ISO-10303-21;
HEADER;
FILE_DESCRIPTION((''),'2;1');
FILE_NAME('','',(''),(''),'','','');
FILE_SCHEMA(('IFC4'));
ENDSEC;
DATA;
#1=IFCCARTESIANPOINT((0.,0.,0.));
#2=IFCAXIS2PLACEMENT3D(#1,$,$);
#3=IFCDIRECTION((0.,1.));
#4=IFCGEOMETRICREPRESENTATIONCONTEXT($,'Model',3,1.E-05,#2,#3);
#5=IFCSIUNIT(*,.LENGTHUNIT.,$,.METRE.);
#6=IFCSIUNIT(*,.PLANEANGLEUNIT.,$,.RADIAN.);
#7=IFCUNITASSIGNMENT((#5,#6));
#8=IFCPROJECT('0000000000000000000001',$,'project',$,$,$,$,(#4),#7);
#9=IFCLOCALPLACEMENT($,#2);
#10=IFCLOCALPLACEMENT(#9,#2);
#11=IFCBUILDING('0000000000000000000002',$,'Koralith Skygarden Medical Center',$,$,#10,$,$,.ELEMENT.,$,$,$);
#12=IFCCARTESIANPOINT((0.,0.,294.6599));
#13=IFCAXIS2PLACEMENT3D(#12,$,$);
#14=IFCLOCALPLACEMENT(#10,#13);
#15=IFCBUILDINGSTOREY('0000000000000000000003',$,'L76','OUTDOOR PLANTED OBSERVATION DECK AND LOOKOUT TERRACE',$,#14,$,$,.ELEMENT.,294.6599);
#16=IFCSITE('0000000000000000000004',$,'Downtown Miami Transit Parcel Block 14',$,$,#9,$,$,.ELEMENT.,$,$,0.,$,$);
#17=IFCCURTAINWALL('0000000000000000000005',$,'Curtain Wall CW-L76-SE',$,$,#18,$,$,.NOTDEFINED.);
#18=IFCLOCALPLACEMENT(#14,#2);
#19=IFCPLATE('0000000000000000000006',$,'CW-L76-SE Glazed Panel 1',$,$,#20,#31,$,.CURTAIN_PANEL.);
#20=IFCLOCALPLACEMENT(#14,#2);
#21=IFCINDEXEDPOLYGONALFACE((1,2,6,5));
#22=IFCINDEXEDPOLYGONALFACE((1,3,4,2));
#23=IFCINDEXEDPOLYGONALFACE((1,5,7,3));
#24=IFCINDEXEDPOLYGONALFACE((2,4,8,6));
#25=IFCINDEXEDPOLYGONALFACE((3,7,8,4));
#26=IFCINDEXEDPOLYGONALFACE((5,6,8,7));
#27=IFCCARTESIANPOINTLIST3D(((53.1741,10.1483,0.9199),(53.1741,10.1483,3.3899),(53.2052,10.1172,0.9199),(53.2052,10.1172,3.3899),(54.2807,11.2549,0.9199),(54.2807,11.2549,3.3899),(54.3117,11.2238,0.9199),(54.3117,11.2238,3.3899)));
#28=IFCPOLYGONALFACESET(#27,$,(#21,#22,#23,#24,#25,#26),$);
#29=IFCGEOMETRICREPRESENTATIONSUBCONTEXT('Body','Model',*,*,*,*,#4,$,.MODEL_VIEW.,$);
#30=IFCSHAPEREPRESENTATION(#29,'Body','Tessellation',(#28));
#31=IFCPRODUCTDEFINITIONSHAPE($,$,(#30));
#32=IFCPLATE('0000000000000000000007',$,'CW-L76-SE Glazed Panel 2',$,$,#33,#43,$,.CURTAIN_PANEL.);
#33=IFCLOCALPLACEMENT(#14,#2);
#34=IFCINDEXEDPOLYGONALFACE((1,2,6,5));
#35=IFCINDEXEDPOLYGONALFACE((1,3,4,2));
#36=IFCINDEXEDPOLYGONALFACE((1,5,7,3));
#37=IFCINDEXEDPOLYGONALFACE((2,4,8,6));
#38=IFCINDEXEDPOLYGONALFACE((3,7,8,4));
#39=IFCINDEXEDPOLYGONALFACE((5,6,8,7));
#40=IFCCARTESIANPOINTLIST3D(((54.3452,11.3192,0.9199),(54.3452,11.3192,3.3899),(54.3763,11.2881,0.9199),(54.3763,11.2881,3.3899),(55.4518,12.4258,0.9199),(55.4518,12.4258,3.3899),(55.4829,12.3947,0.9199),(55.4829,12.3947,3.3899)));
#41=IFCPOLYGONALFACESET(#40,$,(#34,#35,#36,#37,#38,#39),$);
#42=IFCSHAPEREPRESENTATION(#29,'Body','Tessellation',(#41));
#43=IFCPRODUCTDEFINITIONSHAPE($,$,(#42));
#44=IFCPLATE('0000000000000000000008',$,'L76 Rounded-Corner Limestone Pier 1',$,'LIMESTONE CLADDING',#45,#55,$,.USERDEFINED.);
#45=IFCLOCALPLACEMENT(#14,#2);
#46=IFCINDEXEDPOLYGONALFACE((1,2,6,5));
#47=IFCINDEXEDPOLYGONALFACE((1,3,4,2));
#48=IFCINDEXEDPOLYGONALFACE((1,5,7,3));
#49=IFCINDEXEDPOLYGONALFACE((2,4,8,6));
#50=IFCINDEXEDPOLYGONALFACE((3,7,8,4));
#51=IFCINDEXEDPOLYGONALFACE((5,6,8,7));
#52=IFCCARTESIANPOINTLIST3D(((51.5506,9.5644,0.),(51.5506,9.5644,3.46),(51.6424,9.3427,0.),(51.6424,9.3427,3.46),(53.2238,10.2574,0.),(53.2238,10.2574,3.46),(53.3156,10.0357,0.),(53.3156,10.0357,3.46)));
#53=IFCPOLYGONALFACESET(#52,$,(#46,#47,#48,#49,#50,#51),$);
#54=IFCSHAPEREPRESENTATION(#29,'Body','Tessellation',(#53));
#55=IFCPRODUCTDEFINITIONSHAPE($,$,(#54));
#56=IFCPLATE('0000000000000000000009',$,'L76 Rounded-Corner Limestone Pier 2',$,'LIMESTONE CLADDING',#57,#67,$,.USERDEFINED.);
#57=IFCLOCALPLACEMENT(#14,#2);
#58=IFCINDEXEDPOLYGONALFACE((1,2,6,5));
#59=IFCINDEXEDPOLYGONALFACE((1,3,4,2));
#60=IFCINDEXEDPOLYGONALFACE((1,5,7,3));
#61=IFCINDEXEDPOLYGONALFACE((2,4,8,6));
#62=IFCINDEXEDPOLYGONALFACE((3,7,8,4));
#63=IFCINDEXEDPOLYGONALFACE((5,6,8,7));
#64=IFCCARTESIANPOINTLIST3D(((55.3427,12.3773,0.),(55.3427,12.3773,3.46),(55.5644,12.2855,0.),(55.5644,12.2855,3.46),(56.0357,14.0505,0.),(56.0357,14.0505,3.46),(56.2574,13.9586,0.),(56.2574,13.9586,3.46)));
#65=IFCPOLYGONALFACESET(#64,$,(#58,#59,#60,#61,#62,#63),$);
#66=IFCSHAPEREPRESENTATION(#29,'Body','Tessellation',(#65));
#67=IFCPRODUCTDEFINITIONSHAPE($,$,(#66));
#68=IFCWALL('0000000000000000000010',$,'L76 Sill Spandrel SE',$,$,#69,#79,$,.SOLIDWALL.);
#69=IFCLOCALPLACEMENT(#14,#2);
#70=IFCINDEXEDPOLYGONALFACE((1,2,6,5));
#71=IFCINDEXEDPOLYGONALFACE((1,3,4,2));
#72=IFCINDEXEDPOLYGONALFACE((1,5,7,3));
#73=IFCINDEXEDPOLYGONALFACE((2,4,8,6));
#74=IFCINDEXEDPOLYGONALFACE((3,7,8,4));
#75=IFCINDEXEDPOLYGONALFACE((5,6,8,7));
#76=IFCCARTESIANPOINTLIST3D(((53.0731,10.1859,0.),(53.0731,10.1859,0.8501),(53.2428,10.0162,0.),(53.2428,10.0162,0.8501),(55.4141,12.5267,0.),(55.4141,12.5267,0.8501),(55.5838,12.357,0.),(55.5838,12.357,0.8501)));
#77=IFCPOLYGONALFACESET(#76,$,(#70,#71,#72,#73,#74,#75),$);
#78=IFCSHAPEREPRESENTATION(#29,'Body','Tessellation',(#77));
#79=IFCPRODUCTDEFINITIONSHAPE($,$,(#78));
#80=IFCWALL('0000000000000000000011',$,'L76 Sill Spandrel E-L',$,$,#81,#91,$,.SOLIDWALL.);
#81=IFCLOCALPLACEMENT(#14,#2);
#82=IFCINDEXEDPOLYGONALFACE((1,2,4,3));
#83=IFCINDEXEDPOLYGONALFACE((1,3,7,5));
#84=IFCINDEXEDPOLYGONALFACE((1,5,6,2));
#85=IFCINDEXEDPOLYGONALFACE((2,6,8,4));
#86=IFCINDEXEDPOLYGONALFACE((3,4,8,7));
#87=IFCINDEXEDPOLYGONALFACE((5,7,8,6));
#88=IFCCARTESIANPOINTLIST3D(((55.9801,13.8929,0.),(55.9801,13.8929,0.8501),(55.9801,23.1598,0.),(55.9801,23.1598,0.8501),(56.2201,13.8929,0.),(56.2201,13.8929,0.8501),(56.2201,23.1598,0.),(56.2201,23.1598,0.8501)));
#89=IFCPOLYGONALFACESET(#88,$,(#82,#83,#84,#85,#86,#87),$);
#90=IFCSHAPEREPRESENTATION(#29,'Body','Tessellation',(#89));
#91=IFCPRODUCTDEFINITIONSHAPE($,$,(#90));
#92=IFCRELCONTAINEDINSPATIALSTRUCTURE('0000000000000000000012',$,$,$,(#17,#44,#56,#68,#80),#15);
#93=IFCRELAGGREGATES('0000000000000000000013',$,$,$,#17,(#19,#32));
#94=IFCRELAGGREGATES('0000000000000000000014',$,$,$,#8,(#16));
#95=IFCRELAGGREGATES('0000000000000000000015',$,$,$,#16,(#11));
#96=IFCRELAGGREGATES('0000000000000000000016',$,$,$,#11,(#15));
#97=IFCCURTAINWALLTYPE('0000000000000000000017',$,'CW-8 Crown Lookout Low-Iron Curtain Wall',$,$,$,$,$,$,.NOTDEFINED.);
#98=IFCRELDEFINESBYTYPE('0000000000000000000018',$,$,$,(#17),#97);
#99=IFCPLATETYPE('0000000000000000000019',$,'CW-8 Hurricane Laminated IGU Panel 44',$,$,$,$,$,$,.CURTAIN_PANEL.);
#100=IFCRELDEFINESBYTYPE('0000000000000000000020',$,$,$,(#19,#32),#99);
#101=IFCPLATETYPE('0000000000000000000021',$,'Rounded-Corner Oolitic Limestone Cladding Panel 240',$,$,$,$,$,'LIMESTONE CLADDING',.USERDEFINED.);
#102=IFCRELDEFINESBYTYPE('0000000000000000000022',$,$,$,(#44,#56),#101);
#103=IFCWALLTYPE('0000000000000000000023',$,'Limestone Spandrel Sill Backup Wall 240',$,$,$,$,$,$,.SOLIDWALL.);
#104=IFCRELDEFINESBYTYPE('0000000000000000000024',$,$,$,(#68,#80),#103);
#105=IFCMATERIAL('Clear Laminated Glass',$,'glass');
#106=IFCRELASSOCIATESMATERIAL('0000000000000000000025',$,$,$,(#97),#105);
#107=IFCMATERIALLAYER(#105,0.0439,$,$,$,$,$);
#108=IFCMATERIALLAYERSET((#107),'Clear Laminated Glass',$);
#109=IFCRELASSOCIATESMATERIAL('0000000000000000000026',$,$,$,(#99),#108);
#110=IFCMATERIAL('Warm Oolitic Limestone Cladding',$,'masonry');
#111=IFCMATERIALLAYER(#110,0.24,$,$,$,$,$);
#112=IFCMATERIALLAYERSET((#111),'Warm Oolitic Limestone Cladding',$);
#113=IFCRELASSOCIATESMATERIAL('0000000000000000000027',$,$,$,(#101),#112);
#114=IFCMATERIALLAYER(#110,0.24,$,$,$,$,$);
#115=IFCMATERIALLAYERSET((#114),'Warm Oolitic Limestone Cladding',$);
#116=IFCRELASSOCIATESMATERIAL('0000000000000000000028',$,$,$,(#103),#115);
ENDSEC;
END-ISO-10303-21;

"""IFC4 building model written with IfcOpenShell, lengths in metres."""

from ifc_helpers import new_model, si_unit, direction, frame, frame_2d, origin, origin_2d, place, context, subcontext, project, spatial, rectangle, extrude, material, layer, layer_set, type_object, element, aggregate, save


model = new_model("IFC4")

# Units and contexts
model_context = context("Model", 3, precision=1e-05, world=origin(), true_north=direction((0.0, 1.0)))
body_context = subcontext(model_context, "Body", "Model", "MODEL_VIEW")
ifc_project = project(units=[si_unit("LENGTHUNIT", "METRE"), si_unit("PLANEANGLEUNIT", "RADIAN")], contexts=[model_context])

# Site, building, storey
site_placement = place(None, origin())
site = spatial("IfcSite", under=ifc_project, at=site_placement, Name="Downtown Miami Transit Parcel Block 14", CompositionType="ELEMENT", RefElevation=0.0)
building_placement = place(site_placement, origin())
building = spatial("IfcBuilding", under=site, at=building_placement, Name="Koralith Skygarden Medical Center", CompositionType="ELEMENT")
storey_placement = place(building_placement, frame((0.0, 0.0, 294.6599)))
storey = spatial("IfcBuildingStorey", under=building, at=storey_placement, Name="L76", Description="OUTDOOR PLANTED OBSERVATION DECK AND LOOKOUT TERRACE", CompositionType="ELEMENT", Elevation=294.6599)

# Shared definitions
ifc_material_1 = material(Name="Clear Laminated Glass", Category="glass")
curtain_wall_type = type_object("IfcCurtainWallType", Name="CW-8 Crown Lookout Low-Iron Curtain Wall", PredefinedType="NOTDEFINED", material=ifc_material_1)

# Curtain wall
curtain_wall_1_placement = place(storey_placement, origin())
curtain_wall_1 = element("IfcCurtainWall", 1, at=curtain_wall_1_placement, inside=storey, type_object=curtain_wall_type, Name="Curtain Wall CW-L76-SE", PredefinedType="NOTDEFINED")

# Plates
ifc_layer_1 = layer(ifc_material_1, 0.0439)
ifc_layer_set_1 = layer_set([ifc_layer_1], Name="Clear Laminated Glass")
plate_type_1 = type_object("IfcPlateType", Name="CW-8 Hurricane Laminated IGU Panel 44", PredefinedType="CURTAIN_PANEL", material=ifc_layer_set_1)
plate_1_placement = place(storey_placement, frame((53.7429, 10.686, 0.9199), z_axis=(0.0, 0.0, 1.0), x_axis=(0.707107, 0.707107, 0.0)))
plate_1 = element("IfcPlate", 2, at=plate_1_placement, type_object=plate_type_1, Name="CW-L76-SE Glazed Panel 1", PredefinedType="CURTAIN_PANEL", context=body_context, shape_type="SweptSolid", body=[
    extrude(rectangle(XDim=1.5649, YDim=0.0439, at=origin_2d()), origin(), (0.0, 0.0, 1.0), 2.47),
])
plate_2_placement = place(storey_placement, frame((54.9141, 11.8569, 0.9199), z_axis=(0.0, 0.0, 1.0), x_axis=(0.707107, 0.707107, 0.0)))
plate_2 = element("IfcPlate", 3, at=plate_2_placement, type_object=plate_type_1, Name="CW-L76-SE Glazed Panel 2", PredefinedType="CURTAIN_PANEL", context=body_context, shape_type="SweptSolid", body=[
    extrude(rectangle(XDim=1.5649, YDim=0.0439, at=origin_2d()), origin(), (0.0, 0.0, 1.0), 2.47),
])
aggregate(curtain_wall_1, [plate_1, plate_2])

# Plates
ifc_material_2 = material(Name="Warm Oolitic Limestone Cladding", Category="masonry")
ifc_layer_2 = layer(ifc_material_2, 0.24)
ifc_layer_set_2 = layer_set([ifc_layer_2], Name="Warm Oolitic Limestone Cladding")
plate_type_2 = type_object("IfcPlateType", Name="Rounded-Corner Oolitic Limestone Cladding Panel 240", ElementType="LIMESTONE CLADDING", PredefinedType="USERDEFINED", material=ifc_layer_set_2)
for number, where, z_axis, x_axis, name in (
    (4, (52.4331, 9.8, 0.0), (0.0, 0.0, 1.0), (0.923885, 0.382671, 0.0), "L76 Rounded-Corner Limestone Pier 1"),
    (5, (55.8, 13.168, 0.0), (0.0, 0.0, 1.0), (0.382671, 0.923885, 0.0), "L76 Rounded-Corner Limestone Pier 2"),
):
    element("IfcPlate", number, at=place(storey_placement, frame(where, z_axis=z_axis, x_axis=x_axis)), inside=storey, type_object=plate_type_2, Name=name, ObjectType="LIMESTONE CLADDING", PredefinedType="USERDEFINED", context=body_context, shape_type="SweptSolid", body=[
        extrude(rectangle(XDim=1.811, YDim=0.24, at=origin_2d()), origin(), (0.0, 0.0, 1.0), 3.46),
    ])

# Walls
ifc_layer_3 = layer(ifc_material_2, 0.24)
ifc_layer_set_3 = layer_set([ifc_layer_3], Name="Warm Oolitic Limestone Cladding")
wall_type = type_object("IfcWallType", Name="Limestone Spandrel Sill Backup Wall 240", PredefinedType="SOLIDWALL", material=ifc_layer_set_3)
wall_1_placement = place(storey_placement, frame((53.158, 10.1011, 0.0), z_axis=(0.0, 0.0, 1.0), x_axis=(0.707144, 0.70707, 0.0)))
element("IfcWall", 6, at=wall_1_placement, inside=storey, type_object=wall_type, Name="L76 Sill Spandrel SE", PredefinedType="SOLIDWALL", context=body_context, shape_type="SweptSolid", body=[
    extrude(rectangle(XDim=3.3105, YDim=0.24, at=frame_2d((1.6553, 0.0))), origin(), (0.0, 0.0, 1.0), 0.8501),
])
wall_2_placement = place(storey_placement, frame((56.1001, 13.8931, 0.0), z_axis=(0.0, 0.0, 1.0), x_axis=(0.0, 1.0, 0.0)))
element("IfcWall", 7, at=wall_2_placement, inside=storey, type_object=wall_type, Name="L76 Sill Spandrel E-L", PredefinedType="SOLIDWALL", context=body_context, shape_type="SweptSolid", body=[
    extrude(rectangle(XDim=9.2668, YDim=0.24, at=frame_2d((4.6333, 0.0))), origin(), (0.0, 0.0, 1.0), 0.8501),
])

save(model, "model.ifc")
